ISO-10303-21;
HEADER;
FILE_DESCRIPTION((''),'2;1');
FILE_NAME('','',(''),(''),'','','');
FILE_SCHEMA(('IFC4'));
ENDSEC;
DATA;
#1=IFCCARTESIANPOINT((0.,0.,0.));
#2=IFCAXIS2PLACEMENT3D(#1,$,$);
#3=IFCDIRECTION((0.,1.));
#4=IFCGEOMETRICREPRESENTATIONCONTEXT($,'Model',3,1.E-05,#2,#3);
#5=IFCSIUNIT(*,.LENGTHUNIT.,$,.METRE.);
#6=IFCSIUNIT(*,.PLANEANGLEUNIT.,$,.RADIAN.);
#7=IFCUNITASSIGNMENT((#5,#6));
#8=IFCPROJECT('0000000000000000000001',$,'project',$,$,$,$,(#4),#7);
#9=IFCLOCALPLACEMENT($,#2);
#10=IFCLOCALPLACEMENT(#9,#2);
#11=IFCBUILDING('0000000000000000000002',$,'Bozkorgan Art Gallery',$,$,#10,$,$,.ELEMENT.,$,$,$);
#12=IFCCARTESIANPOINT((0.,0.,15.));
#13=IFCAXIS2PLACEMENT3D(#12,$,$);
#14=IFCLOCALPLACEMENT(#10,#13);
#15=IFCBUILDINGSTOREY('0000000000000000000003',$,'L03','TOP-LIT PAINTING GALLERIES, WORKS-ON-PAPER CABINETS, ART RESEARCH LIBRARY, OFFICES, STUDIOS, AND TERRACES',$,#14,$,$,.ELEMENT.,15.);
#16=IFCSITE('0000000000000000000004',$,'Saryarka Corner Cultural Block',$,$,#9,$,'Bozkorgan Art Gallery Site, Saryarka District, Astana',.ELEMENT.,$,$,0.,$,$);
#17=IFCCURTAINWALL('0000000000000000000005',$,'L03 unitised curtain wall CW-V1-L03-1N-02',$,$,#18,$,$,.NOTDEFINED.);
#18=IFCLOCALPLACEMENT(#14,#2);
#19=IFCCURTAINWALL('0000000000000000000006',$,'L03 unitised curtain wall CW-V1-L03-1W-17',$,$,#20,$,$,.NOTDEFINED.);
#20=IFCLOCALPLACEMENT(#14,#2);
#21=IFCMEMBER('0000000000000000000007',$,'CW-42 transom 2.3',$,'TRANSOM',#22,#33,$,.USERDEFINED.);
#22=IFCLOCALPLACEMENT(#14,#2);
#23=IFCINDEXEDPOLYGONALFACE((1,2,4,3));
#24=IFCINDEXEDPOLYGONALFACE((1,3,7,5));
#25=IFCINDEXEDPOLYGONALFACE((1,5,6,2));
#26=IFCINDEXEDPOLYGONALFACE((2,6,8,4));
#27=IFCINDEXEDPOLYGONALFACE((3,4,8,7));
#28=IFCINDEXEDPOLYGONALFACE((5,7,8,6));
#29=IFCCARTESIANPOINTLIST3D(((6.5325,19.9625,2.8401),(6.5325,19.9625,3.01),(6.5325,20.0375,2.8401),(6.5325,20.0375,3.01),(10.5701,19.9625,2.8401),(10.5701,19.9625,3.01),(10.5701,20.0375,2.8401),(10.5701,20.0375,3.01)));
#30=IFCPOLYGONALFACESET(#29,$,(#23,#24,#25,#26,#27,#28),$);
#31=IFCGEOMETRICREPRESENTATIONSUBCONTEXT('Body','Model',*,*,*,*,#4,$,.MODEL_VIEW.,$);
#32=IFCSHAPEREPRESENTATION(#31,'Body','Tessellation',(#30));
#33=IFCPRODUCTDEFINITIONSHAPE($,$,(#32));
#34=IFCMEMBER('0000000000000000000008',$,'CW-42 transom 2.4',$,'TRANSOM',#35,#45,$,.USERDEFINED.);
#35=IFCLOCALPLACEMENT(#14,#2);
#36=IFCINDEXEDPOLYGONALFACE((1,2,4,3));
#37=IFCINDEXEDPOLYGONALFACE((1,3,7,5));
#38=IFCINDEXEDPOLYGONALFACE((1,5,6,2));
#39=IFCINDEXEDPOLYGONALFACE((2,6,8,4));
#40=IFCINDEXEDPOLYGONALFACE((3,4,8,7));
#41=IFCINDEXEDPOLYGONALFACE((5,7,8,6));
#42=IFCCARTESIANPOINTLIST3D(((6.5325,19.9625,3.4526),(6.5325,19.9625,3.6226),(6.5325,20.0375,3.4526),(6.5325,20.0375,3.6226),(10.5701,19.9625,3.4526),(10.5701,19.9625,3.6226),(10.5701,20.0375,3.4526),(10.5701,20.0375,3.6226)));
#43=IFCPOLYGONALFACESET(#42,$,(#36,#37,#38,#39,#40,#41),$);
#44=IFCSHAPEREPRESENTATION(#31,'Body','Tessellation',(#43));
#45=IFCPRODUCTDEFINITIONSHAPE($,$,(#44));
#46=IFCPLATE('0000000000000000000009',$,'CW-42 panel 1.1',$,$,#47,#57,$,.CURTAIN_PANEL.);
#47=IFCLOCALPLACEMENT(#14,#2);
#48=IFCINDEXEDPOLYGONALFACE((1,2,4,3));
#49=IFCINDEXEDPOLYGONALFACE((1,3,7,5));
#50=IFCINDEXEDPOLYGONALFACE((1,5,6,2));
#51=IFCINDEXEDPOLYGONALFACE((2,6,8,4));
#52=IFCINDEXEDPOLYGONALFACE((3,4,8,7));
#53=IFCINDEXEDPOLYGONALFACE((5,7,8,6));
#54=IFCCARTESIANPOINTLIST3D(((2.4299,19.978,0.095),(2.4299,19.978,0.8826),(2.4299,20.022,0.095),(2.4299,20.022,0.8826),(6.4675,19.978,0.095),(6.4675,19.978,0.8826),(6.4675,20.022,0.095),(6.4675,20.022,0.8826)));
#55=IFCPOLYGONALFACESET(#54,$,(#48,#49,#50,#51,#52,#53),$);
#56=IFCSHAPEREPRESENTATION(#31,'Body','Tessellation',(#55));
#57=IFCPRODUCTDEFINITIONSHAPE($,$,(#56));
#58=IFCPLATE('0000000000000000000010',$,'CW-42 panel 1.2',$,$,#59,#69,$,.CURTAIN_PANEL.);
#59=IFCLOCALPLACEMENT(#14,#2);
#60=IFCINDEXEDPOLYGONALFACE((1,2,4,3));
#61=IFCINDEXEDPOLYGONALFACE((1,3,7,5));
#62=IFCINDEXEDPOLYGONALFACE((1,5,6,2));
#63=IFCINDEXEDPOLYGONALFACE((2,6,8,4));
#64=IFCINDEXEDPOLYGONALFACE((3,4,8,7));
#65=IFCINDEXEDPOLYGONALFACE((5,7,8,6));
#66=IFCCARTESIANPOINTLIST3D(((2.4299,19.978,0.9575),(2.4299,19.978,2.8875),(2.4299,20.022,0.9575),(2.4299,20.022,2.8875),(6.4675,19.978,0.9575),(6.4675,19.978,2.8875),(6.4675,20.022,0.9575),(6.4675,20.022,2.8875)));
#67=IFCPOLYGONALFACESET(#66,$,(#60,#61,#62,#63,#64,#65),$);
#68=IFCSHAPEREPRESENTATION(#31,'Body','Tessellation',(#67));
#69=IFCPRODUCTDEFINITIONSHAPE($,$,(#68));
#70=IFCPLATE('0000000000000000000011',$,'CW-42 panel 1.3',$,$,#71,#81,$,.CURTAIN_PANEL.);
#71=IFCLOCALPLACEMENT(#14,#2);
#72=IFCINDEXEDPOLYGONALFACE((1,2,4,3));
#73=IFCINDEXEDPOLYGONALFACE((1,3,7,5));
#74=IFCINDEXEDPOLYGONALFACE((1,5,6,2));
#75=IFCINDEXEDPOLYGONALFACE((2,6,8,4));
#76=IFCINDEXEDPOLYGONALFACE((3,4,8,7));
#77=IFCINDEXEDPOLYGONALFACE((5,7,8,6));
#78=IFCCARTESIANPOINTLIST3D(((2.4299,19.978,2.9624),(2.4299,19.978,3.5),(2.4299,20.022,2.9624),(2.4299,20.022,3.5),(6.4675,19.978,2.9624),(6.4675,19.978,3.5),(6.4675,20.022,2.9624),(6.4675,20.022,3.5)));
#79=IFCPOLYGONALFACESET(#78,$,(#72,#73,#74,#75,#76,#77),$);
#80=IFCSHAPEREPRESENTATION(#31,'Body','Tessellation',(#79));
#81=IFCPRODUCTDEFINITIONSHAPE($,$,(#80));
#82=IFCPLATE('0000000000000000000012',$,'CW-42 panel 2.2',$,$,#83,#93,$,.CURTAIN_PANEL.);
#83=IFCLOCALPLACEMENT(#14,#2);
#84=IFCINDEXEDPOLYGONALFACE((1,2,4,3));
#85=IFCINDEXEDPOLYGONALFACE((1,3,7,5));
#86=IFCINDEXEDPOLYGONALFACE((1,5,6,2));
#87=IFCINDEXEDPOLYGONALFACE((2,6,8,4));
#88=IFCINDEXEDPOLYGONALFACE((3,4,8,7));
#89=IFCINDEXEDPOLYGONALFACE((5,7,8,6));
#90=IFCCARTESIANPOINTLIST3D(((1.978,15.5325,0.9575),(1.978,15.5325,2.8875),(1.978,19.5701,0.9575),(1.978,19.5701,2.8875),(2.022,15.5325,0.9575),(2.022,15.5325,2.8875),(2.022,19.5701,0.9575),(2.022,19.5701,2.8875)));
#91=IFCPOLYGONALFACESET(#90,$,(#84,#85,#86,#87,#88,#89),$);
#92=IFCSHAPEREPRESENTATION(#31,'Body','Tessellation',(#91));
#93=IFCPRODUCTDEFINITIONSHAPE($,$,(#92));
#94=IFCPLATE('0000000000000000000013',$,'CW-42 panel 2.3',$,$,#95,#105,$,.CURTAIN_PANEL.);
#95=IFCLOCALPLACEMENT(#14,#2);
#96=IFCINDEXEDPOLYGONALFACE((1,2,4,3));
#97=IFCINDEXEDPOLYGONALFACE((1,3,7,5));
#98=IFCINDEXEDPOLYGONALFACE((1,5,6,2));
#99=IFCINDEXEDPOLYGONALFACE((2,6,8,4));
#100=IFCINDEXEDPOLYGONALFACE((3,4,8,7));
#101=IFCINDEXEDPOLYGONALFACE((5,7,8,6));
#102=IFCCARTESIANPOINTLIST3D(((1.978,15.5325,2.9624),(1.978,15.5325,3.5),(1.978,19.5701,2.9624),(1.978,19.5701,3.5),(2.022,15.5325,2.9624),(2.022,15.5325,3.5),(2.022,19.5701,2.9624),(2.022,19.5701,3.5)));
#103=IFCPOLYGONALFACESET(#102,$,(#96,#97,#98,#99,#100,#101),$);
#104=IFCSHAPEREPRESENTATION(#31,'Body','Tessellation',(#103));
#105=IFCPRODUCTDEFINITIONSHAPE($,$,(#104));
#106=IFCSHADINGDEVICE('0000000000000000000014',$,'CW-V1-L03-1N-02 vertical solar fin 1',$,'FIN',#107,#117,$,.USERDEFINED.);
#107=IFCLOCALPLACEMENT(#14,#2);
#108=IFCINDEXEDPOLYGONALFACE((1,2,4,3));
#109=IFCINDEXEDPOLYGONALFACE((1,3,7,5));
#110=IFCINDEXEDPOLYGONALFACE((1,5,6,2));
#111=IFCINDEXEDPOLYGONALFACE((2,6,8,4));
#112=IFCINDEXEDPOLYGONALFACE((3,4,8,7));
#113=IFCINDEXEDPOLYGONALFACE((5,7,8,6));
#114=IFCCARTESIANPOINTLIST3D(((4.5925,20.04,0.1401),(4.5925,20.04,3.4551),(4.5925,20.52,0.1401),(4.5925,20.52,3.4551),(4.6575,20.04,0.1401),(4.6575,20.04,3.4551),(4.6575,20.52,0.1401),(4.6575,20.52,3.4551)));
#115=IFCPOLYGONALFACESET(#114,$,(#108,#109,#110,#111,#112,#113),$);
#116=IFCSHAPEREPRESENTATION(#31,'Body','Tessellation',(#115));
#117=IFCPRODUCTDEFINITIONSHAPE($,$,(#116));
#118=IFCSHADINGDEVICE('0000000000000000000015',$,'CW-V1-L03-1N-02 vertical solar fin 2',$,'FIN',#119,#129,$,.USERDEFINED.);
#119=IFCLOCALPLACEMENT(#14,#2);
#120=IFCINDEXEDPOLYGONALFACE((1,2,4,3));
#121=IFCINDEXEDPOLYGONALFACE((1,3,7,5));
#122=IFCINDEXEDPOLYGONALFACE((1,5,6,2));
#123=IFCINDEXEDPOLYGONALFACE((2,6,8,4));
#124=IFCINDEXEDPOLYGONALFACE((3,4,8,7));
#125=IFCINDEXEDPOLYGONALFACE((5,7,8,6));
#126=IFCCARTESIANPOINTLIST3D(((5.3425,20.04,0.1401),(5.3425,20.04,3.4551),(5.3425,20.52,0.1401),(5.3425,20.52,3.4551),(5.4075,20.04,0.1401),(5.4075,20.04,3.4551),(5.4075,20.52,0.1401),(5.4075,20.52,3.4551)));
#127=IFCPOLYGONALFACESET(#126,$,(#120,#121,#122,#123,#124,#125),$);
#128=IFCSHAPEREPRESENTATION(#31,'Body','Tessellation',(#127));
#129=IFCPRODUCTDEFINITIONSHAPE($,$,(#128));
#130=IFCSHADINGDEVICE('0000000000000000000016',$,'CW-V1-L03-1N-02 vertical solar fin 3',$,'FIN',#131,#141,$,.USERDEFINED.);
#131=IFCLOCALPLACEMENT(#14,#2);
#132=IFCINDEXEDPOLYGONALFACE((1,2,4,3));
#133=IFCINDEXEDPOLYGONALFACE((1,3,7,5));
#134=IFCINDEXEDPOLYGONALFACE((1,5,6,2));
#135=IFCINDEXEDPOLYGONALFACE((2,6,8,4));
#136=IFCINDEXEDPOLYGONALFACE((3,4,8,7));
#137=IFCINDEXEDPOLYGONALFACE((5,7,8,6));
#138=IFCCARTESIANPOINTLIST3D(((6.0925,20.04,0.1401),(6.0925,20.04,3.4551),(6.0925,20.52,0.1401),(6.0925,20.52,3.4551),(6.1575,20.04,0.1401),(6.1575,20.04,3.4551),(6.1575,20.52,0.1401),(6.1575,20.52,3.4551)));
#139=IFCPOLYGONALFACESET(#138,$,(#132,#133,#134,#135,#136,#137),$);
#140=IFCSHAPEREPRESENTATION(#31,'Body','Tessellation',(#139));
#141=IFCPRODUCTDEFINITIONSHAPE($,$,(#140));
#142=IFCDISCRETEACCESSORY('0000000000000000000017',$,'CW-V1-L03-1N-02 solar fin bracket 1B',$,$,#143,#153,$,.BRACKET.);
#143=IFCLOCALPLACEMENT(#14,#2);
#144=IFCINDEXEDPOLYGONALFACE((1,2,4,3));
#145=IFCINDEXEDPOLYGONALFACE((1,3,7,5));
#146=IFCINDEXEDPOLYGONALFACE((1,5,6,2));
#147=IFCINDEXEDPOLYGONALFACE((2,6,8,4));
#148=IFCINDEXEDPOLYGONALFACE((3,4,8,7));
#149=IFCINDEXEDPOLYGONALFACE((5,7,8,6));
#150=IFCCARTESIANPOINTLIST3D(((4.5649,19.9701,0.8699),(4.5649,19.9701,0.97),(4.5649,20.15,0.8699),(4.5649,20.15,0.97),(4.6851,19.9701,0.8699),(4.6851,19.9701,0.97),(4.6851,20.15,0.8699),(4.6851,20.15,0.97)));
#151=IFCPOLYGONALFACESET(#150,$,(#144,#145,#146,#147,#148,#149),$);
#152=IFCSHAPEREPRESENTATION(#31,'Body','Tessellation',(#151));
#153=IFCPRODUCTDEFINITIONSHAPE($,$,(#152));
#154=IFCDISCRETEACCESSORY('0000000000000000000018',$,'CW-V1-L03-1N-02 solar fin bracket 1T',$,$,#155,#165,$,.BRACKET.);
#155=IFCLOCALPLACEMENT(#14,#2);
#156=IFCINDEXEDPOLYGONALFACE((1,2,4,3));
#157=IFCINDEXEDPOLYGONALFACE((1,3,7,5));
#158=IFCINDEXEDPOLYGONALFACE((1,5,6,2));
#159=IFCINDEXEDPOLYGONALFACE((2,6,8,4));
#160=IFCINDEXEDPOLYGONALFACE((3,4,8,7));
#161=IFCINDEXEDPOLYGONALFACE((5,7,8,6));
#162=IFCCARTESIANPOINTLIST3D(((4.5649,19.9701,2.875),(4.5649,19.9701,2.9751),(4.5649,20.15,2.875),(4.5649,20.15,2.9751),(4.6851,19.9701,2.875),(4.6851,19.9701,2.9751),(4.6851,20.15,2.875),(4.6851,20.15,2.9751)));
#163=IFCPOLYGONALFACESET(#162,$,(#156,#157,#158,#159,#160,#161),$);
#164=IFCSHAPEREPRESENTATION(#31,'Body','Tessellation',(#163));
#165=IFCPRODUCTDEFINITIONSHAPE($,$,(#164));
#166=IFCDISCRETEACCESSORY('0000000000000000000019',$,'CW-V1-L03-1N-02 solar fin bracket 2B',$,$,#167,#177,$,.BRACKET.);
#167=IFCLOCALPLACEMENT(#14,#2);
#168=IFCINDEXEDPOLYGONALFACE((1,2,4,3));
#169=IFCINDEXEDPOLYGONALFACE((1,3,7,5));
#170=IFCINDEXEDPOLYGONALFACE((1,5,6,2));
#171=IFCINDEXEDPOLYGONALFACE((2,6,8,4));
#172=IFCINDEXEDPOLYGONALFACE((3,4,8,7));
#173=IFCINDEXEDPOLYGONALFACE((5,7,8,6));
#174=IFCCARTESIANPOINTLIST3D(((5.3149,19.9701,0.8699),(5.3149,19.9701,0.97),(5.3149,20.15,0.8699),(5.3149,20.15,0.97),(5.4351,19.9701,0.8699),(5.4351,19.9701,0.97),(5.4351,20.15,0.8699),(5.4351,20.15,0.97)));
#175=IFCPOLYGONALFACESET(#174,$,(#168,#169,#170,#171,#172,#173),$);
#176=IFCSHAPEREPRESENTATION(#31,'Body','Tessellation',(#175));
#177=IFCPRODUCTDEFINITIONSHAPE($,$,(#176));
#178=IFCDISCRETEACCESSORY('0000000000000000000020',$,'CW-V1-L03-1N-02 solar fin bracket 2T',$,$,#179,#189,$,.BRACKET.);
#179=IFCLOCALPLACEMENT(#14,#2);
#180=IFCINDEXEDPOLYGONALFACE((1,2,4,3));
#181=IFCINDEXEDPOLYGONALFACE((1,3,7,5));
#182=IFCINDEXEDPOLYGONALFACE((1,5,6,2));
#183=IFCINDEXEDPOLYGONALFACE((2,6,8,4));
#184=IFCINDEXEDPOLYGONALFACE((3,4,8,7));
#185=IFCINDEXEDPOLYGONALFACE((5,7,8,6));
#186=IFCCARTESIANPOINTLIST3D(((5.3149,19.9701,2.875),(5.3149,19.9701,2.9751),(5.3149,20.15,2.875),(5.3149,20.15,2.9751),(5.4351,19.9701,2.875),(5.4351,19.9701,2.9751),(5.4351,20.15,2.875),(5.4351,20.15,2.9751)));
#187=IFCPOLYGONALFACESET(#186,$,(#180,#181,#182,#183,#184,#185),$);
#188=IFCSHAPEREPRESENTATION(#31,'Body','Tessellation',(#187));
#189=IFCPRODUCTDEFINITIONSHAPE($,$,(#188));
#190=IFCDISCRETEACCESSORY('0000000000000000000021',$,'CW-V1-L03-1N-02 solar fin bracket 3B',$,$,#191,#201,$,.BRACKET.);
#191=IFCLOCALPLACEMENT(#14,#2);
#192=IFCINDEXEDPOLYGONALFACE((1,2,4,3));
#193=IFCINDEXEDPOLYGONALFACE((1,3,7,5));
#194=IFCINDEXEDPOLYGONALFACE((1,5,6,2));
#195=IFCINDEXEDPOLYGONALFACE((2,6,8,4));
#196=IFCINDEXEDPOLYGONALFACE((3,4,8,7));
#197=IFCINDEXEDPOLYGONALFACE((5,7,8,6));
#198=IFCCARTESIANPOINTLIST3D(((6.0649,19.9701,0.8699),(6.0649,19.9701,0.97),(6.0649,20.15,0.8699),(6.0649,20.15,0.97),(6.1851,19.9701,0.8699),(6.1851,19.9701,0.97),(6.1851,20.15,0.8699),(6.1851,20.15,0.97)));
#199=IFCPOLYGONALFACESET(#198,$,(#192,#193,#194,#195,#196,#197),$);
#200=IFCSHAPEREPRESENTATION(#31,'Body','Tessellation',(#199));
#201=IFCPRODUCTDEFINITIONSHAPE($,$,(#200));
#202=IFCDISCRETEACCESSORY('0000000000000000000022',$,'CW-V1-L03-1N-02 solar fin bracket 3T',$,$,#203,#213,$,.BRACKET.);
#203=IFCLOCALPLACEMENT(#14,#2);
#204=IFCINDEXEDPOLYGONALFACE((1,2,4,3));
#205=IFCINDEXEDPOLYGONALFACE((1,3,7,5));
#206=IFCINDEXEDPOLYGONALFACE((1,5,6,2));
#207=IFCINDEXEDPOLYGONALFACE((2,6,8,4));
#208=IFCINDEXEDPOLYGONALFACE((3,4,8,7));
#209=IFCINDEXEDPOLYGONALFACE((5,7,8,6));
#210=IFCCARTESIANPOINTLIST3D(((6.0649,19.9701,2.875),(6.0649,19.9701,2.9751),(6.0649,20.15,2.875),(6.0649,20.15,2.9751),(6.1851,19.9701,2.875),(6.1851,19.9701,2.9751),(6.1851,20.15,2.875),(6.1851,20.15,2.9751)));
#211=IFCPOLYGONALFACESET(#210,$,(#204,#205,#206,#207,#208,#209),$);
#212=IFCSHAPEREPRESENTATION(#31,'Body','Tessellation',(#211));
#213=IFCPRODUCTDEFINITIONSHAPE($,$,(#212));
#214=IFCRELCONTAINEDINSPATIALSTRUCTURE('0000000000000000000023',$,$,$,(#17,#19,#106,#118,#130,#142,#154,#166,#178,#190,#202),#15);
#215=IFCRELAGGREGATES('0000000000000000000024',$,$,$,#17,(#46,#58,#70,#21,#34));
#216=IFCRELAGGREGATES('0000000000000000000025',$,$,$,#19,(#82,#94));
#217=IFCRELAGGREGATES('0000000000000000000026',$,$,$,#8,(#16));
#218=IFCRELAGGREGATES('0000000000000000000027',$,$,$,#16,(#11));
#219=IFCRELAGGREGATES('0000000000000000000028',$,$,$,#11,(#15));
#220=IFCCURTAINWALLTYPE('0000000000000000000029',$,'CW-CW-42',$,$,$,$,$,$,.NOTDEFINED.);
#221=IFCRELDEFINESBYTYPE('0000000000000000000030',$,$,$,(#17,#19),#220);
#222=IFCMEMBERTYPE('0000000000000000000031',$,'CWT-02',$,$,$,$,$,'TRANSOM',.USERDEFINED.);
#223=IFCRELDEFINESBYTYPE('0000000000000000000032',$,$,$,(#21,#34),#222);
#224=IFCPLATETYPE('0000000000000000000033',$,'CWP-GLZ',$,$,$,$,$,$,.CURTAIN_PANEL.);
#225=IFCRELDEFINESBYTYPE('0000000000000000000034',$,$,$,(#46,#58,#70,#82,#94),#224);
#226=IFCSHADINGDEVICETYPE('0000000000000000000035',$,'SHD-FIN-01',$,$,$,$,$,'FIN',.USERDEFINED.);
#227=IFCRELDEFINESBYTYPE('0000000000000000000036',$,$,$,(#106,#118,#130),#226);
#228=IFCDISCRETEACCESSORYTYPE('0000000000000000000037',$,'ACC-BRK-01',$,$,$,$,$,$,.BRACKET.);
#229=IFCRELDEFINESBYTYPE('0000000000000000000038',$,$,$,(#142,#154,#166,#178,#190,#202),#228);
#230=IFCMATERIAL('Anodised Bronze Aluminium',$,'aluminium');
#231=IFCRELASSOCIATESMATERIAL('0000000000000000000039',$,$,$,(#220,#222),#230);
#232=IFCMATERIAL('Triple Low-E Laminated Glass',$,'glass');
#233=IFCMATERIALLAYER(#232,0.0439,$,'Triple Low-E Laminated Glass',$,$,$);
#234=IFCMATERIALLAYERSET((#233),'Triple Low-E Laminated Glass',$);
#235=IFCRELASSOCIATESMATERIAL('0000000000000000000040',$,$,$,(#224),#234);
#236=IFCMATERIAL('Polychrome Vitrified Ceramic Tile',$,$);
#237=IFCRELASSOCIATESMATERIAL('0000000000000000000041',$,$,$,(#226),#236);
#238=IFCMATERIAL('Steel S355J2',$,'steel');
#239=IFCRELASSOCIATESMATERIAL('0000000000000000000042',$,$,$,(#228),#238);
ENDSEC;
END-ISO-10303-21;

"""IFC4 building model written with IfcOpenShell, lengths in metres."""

from ifc_helpers import new_model, si_unit, direction, frame, origin, origin_2d, place, context, subcontext, project, spatial, rectangle, extrude, material, layer, layer_set, material_profile, profile_set, type_object, element, aggregate, save


model = new_model("IFC4")

# Units and contexts
model_context = context("Model", 3, precision=1e-05, world=origin(), true_north=direction((0.0, 1.0)))
body_context = subcontext(model_context, "Body", "Model", "MODEL_VIEW")
ifc_project = project(units=[si_unit("LENGTHUNIT", "METRE"), si_unit("PLANEANGLEUNIT", "RADIAN")], contexts=[model_context])

# Site, building, storey
site_placement = place(None, origin())
site = spatial("IfcSite", under=ifc_project, at=site_placement, Name="Saryarka Corner Cultural Block", LongName="Bozkorgan Art Gallery Site, Saryarka District, Astana", CompositionType="ELEMENT", RefElevation=0.0)
building_placement = place(site_placement, origin())
building = spatial("IfcBuilding", under=site, at=building_placement, Name="Bozkorgan Art Gallery", CompositionType="ELEMENT")
storey_placement = place(building_placement, frame((0.0, 0.0, 15.0)))
storey = spatial("IfcBuildingStorey", under=building, at=storey_placement, Name="L03", Description="TOP-LIT PAINTING GALLERIES, WORKS-ON-PAPER CABINETS, ART RESEARCH LIBRARY, OFFICES, STUDIOS, AND TERRACES", CompositionType="ELEMENT", Elevation=15.0)

# Shared definitions
ifc_material_1 = material(Name="Steel S355J2", Category="steel")

# Curtain wall
ifc_material_2 = material(Name="Anodised Bronze Aluminium", Category="aluminium")
curtain_wall_type = type_object("IfcCurtainWallType", Name="CW-CW-42", PredefinedType="NOTDEFINED", material=ifc_material_2)
curtain_wall_1_placement = place(storey_placement, origin())
curtain_wall_1 = element("IfcCurtainWall", 1, at=curtain_wall_1_placement, inside=storey, type_object=curtain_wall_type, Name="L03 unitised curtain wall CW-V1-L03-1N-02", PredefinedType="NOTDEFINED")

# Curtain wall
curtain_wall_2_placement = place(storey_placement, origin())
curtain_wall_2 = element("IfcCurtainWall", 2, at=curtain_wall_2_placement, inside=storey, type_object=curtain_wall_type, Name="L03 unitised curtain wall CW-V1-L03-1W-17", PredefinedType="NOTDEFINED")

# Members
ifc_material_profile_1 = material_profile(ifc_material_2, rectangle(XDim=0.075, YDim=0.1699, at=origin_2d()), Name="ALU TRANSOM 75x170")
ifc_profile_set_1 = profile_set([ifc_material_profile_1], Name="Anodised Bronze Aluminium")
member_type_1 = type_object("IfcMemberType", Name="CWT-02", ElementType="TRANSOM", PredefinedType="USERDEFINED", material=ifc_profile_set_1)
member_1_placement = place(storey_placement, frame((6.5325, 20.0, 2.925), z_axis=(1.0, 0.0, 0.0), x_axis=(0.0, 1.0, 0.0)))
member_1 = element("IfcMember", 3, at=member_1_placement, type_object=member_type_1, Name="CW-42 transom 2.3", ObjectType="TRANSOM", PredefinedType="USERDEFINED", context=body_context, shape_type="SweptSolid", body=[
    extrude(rectangle(XDim=0.075, YDim=0.1699, at=origin_2d()), origin(), (0.0, 0.0, 1.0), 4.0376),
])
member_2_placement = place(storey_placement, frame((6.5325, 20.0, 3.5376), z_axis=(1.0, 0.0, 0.0), x_axis=(0.0, 1.0, 0.0)))
member_2 = element("IfcMember", 4, at=member_2_placement, type_object=member_type_1, Name="CW-42 transom 2.4", ObjectType="TRANSOM", PredefinedType="USERDEFINED", context=body_context, shape_type="SweptSolid", body=[
    extrude(rectangle(XDim=0.075, YDim=0.1699, at=origin_2d()), origin(), (0.0, 0.0, 1.0), 4.0376),
])

# Plates
ifc_material_3 = material(Name="Triple Low-E Laminated Glass", Category="glass")
ifc_layer = layer(ifc_material_3, 0.0439, Name="Triple Low-E Laminated Glass")
ifc_layer_set = layer_set([ifc_layer], Name="Triple Low-E Laminated Glass")
plate_type = type_object("IfcPlateType", Name="CWP-GLZ", PredefinedType="CURTAIN_PANEL", material=ifc_layer_set)
plate_1_placement = place(storey_placement, frame((4.4487, 20.0, 0.095), z_axis=(0.0, 0.0, 1.0), x_axis=(1.0, 0.0, 0.0)))
plate_1 = element("IfcPlate", 5, at=plate_1_placement, type_object=plate_type, Name="CW-42 panel 1.1", PredefinedType="CURTAIN_PANEL", context=body_context, shape_type="SweptSolid", body=[
    extrude(rectangle(XDim=4.0376, YDim=0.0439, at=origin_2d()), origin(), (0.0, 0.0, 1.0), 0.7876),
])
plate_2_placement = place(storey_placement, frame((4.4487, 20.0, 0.9575), z_axis=(0.0, 0.0, 1.0), x_axis=(1.0, 0.0, 0.0)))
plate_2 = element("IfcPlate", 6, at=plate_2_placement, type_object=plate_type, Name="CW-42 panel 1.2", PredefinedType="CURTAIN_PANEL", context=body_context, shape_type="SweptSolid", body=[
    extrude(rectangle(XDim=4.0376, YDim=0.0439, at=origin_2d()), origin(), (0.0, 0.0, 1.0), 1.9299),
])
plate_3_placement = place(storey_placement, frame((4.4487, 20.0, 2.9624), z_axis=(0.0, 0.0, 1.0), x_axis=(1.0, 0.0, 0.0)))
plate_3 = element("IfcPlate", 7, at=plate_3_placement, type_object=plate_type, Name="CW-42 panel 1.3", PredefinedType="CURTAIN_PANEL", context=body_context, shape_type="SweptSolid", body=[
    extrude(rectangle(XDim=4.0376, YDim=0.0439, at=origin_2d()), origin(), (0.0, 0.0, 1.0), 0.5376),
])
aggregate(curtain_wall_1, [plate_1, plate_2, plate_3, member_1, member_2])
plate_4_placement = place(storey_placement, frame((2.0, 17.5513, 0.9575), z_axis=(0.0, 0.0, 1.0), x_axis=(0.0, 1.0, 0.0)))
plate_4 = element("IfcPlate", 8, at=plate_4_placement, type_object=plate_type, Name="CW-42 panel 2.2", PredefinedType="CURTAIN_PANEL", context=body_context, shape_type="SweptSolid", body=[
    extrude(rectangle(XDim=4.0376, YDim=0.0439, at=origin_2d()), origin(), (0.0, 0.0, 1.0), 1.9299),
])
plate_5_placement = place(storey_placement, frame((2.0, 17.5513, 2.9624), z_axis=(0.0, 0.0, 1.0), x_axis=(0.0, 1.0, 0.0)))
plate_5 = element("IfcPlate", 9, at=plate_5_placement, type_object=plate_type, Name="CW-42 panel 2.3", PredefinedType="CURTAIN_PANEL", context=body_context, shape_type="SweptSolid", body=[
    extrude(rectangle(XDim=4.0376, YDim=0.0439, at=origin_2d()), origin(), (0.0, 0.0, 1.0), 0.5376),
])
aggregate(curtain_wall_2, [plate_4, plate_5])

# Shading devices
ifc_material_4 = material(Name="Polychrome Vitrified Ceramic Tile")
shading_device_type = type_object("IfcShadingDeviceType", Name="SHD-FIN-01", ElementType="FIN", PredefinedType="USERDEFINED", material=ifc_material_4)
for number, where, z_axis, x_axis, name in (
    (10, (4.625, 20.28, 0.1401), (0.0, 0.0, 1.0), (0.0, 1.0, 0.0), "CW-V1-L03-1N-02 vertical solar fin 1"),
    (11, (5.375, 20.28, 0.1401), (0.0, 0.0, 1.0), (0.0, 1.0, 0.0), "CW-V1-L03-1N-02 vertical solar fin 2"),
    (12, (6.125, 20.28, 0.1401), (0.0, 0.0, 1.0), (0.0, 1.0, 0.0), "CW-V1-L03-1N-02 vertical solar fin 3"),
):
    element("IfcShadingDevice", number, at=place(storey_placement, frame(where, z_axis=z_axis, x_axis=x_axis)), inside=storey, type_object=shading_device_type, Name=name, ObjectType="FIN", PredefinedType="USERDEFINED", context=body_context, shape_type="SweptSolid", body=[
        extrude(rectangle(XDim=0.48, YDim=0.0649, at=origin_2d()), origin(), (0.0, 0.0, 1.0), 3.3149),
    ])

# Discrete accessories
discrete_accessory_type = type_object("IfcDiscreteAccessoryType", Name="ACC-BRK-01", PredefinedType="BRACKET", material=ifc_material_1)
for number, where, z_axis, x_axis, name in (
    (13, (4.625, 20.0601, 0.8699), (0.0, 0.0, 1.0), (0.0, 1.0, 0.0), "CW-V1-L03-1N-02 solar fin bracket 1B"),
    (14, (4.625, 20.0601, 2.875), (0.0, 0.0, 1.0), (0.0, 1.0, 0.0), "CW-V1-L03-1N-02 solar fin bracket 1T"),
    (15, (5.375, 20.0601, 0.8699), (0.0, 0.0, 1.0), (0.0, 1.0, 0.0), "CW-V1-L03-1N-02 solar fin bracket 2B"),
    (16, (5.375, 20.0601, 2.875), (0.0, 0.0, 1.0), (0.0, 1.0, 0.0), "CW-V1-L03-1N-02 solar fin bracket 2T"),
    (17, (6.125, 20.0601, 0.8699), (0.0, 0.0, 1.0), (0.0, 1.0, 0.0), "CW-V1-L03-1N-02 solar fin bracket 3B"),
    (18, (6.125, 20.0601, 2.875), (0.0, 0.0, 1.0), (0.0, 1.0, 0.0), "CW-V1-L03-1N-02 solar fin bracket 3T"),
):
    element("IfcDiscreteAccessory", number, at=place(storey_placement, frame(where, z_axis=z_axis, x_axis=x_axis)), inside=storey, type_object=discrete_accessory_type, Name=name, PredefinedType="BRACKET", context=body_context, shape_type="SweptSolid", body=[
        extrude(rectangle(XDim=0.1799, YDim=0.1201, at=origin_2d()), origin(), (0.0, 0.0, 1.0), 0.1001),
    ])

save(model, "model.ifc")
